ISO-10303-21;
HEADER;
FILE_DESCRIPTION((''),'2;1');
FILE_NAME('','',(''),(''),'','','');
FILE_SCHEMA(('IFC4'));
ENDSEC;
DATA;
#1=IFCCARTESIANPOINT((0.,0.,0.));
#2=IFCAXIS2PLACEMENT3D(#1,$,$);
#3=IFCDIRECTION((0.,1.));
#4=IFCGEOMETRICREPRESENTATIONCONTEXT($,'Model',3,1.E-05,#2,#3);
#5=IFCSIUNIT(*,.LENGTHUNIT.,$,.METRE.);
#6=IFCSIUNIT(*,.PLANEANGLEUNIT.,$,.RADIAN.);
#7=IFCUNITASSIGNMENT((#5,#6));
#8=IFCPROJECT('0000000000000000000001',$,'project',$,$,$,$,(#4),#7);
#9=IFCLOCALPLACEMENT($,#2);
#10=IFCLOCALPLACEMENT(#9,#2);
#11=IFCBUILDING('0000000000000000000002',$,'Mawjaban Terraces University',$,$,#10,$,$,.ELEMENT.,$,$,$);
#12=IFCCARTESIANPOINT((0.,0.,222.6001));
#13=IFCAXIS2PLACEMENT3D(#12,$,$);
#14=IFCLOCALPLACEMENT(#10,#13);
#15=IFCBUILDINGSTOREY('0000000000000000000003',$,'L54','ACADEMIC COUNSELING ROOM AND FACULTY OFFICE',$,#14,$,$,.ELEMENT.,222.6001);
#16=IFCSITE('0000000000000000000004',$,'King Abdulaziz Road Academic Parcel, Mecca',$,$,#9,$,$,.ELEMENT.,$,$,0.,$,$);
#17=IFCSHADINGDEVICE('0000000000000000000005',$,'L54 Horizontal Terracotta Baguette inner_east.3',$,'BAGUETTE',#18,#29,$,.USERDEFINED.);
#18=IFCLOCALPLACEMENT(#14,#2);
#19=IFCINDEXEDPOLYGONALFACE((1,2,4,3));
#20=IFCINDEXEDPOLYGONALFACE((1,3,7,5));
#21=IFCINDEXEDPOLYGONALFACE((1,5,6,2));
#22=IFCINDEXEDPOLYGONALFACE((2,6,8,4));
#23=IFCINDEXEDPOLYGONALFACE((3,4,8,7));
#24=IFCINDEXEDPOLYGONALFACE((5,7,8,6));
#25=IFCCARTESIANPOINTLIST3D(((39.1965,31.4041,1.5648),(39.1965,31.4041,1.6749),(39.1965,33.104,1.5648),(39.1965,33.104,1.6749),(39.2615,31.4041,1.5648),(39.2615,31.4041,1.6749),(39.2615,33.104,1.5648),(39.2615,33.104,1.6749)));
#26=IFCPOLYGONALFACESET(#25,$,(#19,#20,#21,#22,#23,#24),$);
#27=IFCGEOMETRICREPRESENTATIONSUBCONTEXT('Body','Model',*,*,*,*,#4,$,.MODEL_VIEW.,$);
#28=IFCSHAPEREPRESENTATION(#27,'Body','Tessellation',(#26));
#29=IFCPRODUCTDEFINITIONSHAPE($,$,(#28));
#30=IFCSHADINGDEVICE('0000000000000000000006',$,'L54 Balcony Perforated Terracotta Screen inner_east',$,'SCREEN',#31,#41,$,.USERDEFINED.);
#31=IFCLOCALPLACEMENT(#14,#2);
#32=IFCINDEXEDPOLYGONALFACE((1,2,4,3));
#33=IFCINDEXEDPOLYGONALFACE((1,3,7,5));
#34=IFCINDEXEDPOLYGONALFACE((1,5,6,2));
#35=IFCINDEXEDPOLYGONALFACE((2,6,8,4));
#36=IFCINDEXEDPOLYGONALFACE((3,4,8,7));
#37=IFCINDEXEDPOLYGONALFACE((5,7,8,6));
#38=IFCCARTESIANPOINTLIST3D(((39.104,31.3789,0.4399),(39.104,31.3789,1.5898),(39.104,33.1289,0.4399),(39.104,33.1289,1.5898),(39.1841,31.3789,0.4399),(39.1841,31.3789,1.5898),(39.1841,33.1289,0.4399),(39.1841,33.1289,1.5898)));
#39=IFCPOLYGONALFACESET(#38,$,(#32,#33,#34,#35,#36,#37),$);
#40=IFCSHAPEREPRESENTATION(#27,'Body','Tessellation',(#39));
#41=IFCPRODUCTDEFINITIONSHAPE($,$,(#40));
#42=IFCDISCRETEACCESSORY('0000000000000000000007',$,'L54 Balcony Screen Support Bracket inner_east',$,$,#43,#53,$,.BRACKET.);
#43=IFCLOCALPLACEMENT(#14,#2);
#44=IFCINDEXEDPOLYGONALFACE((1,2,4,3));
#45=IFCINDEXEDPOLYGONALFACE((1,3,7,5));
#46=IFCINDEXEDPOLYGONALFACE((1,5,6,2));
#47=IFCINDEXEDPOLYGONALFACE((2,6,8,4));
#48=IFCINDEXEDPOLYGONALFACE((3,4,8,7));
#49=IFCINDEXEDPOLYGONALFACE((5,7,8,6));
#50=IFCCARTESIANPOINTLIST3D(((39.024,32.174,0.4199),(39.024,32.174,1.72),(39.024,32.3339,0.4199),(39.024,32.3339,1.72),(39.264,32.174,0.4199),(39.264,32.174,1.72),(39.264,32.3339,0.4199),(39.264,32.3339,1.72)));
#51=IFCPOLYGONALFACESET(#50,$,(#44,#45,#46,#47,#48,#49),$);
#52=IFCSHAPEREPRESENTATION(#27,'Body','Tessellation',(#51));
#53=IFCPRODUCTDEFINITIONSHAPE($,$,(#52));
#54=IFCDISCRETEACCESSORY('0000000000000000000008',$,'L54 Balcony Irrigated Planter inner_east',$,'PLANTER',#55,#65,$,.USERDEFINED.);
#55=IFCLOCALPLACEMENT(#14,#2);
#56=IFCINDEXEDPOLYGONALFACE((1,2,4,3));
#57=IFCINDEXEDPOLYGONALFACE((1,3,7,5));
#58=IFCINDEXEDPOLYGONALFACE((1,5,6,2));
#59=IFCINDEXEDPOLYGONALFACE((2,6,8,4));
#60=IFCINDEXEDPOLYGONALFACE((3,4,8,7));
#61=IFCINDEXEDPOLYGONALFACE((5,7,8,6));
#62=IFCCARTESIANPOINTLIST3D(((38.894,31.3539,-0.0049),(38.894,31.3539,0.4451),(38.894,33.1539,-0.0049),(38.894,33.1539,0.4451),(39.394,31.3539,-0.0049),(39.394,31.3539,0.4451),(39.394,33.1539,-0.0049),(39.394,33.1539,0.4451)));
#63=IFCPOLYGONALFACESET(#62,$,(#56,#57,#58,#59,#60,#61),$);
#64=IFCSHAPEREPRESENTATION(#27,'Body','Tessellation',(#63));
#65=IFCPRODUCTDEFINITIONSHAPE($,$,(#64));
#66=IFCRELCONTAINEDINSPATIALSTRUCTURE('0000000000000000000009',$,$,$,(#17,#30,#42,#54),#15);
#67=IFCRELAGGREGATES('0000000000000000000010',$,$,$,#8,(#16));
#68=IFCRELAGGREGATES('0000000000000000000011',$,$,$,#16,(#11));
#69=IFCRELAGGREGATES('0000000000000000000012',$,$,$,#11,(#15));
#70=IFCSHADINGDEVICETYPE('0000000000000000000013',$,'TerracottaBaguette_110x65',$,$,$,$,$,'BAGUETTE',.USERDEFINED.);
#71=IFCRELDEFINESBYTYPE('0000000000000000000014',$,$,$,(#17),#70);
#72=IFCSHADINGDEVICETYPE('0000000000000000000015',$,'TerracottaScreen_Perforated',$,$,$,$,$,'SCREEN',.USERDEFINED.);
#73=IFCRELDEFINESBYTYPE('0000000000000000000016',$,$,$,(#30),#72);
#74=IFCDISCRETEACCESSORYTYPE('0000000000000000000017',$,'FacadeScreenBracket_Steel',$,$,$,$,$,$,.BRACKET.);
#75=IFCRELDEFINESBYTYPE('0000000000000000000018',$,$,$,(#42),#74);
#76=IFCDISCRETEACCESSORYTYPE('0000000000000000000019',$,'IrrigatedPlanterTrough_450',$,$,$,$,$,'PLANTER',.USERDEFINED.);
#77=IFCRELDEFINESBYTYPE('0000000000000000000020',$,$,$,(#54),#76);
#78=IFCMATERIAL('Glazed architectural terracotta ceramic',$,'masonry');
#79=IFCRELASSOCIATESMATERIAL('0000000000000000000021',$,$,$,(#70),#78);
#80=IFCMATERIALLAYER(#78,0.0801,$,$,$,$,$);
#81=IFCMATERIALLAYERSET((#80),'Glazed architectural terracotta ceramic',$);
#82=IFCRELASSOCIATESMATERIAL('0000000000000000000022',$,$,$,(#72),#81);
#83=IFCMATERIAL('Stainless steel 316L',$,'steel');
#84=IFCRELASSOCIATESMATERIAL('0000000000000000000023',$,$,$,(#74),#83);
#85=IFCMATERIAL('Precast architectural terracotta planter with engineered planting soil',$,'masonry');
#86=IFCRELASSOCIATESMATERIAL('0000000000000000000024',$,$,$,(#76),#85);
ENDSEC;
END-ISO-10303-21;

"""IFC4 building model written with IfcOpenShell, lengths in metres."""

from ifc_helpers import new_model, si_unit, direction, frame, origin, origin_2d, place, context, subcontext, project, spatial, rectangle, extrude, material, layer, layer_set, material_profile, profile_set, type_object, element, save


model = new_model("IFC4")

# Units and contexts
model_context = context("Model", 3, precision=1e-05, world=origin(), true_north=direction((0.0, 1.0)))
body_context = subcontext(model_context, "Body", "Model", "MODEL_VIEW")
ifc_project = project(units=[si_unit("LENGTHUNIT", "METRE"), si_unit("PLANEANGLEUNIT", "RADIAN")], contexts=[model_context])

# Site, building, storey
site_placement = place(None, origin())
site = spatial("IfcSite", under=ifc_project, at=site_placement, Name="King Abdulaziz Road Academic Parcel, Mecca", CompositionType="ELEMENT", RefElevation=0.0)
building_placement = place(site_placement, origin())
building = spatial("IfcBuilding", under=site, at=building_placement, Name="Mawjaban Terraces University", CompositionType="ELEMENT")
storey_placement = place(building_placement, frame((0.0, 0.0, 222.6001)))
storey = spatial("IfcBuildingStorey", under=building, at=storey_placement, Name="L54", Description="ACADEMIC COUNSELING ROOM AND FACULTY OFFICE", CompositionType="ELEMENT", Elevation=222.6001)

# Shading devices
ifc_material_1 = material(Name="Glazed architectural terracotta ceramic", Category="masonry")
ifc_material_profile_1 = material_profile(ifc_material_1, rectangle(XDim=0.0649, YDim=0.1101, at=origin_2d()), Name="TBAG110X65")
ifc_profile_set_1 = profile_set([ifc_material_profile_1], Name="Glazed architectural terracotta ceramic")
shading_device_type_1 = type_object("IfcShadingDeviceType", Name="TerracottaBaguette_110x65", ElementType="BAGUETTE", PredefinedType="USERDEFINED", material=ifc_profile_set_1)
for number, where, z_axis, x_axis, name in (
    (1, (39.229, 31.4041, 1.6199), (0.0, 1.0, 0.0), (-1.0, 0.0, 0.0), "L54 Horizontal Terracotta Baguette inner_east.3"),
):
    element("IfcShadingDevice", number, at=place(storey_placement, frame(where, z_axis=z_axis, x_axis=x_axis)), inside=storey, type_object=shading_device_type_1, Name=name, ObjectType="BAGUETTE", PredefinedType="USERDEFINED", context=body_context, shape_type="SweptSolid", body=[
        extrude(rectangle(XDim=0.0649, YDim=0.1101, at=origin_2d()), origin(), (0.0, 0.0, 1.0), 1.7),
    ])
ifc_layer_1 = layer(ifc_material_1, 0.0801)
ifc_layer_set_1 = layer_set([ifc_layer_1], Name="Glazed architectural terracotta ceramic")
shading_device_type_2 = type_object("IfcShadingDeviceType", Name="TerracottaScreen_Perforated", ElementType="SCREEN", PredefinedType="USERDEFINED", material=ifc_layer_set_1)
shading_device_placement = place(storey_placement, frame((39.144, 32.2539, 0.4399), z_axis=(0.0, 0.0, 1.0), x_axis=(0.0, 1.0, 0.0)))
element("IfcShadingDevice", 2, at=shading_device_placement, inside=storey, type_object=shading_device_type_2, Name="L54 Balcony Perforated Terracotta Screen inner_east", ObjectType="SCREEN", PredefinedType="USERDEFINED", context=body_context, shape_type="SweptSolid", body=[
    extrude(rectangle(XDim=1.75, YDim=0.0801, at=origin_2d()), origin(), (0.0, 0.0, 1.0), 1.1499),
])

# Discrete accessories
ifc_material_2 = material(Name="Stainless steel 316L", Category="steel")
discrete_accessory_type_1 = type_object("IfcDiscreteAccessoryType", Name="FacadeScreenBracket_Steel", PredefinedType="BRACKET", material=ifc_material_2)
discrete_accessory_1_placement = place(storey_placement, frame((39.144, 32.2539, 0.4199), z_axis=(0.0, 0.0, 1.0), x_axis=(0.0, 1.0, 0.0)))
element("IfcDiscreteAccessory", 3, at=discrete_accessory_1_placement, inside=storey, type_object=discrete_accessory_type_1, Name="L54 Balcony Screen Support Bracket inner_east", PredefinedType="BRACKET", context=body_context, shape_type="SweptSolid", body=[
    extrude(rectangle(XDim=0.1599, YDim=0.24, at=origin_2d()), origin(), (0.0, 0.0, 1.0), 1.3),
])
ifc_material_3 = material(Name="Precast architectural terracotta planter with engineered planting soil", Category="masonry")
discrete_accessory_type_2 = type_object("IfcDiscreteAccessoryType", Name="IrrigatedPlanterTrough_450", ElementType="PLANTER", PredefinedType="USERDEFINED", material=ifc_material_3)
discrete_accessory_2_placement = place(storey_placement, frame((39.144, 32.2539, -0.0049), z_axis=(0.0, 0.0, 1.0), x_axis=(0.0, 1.0, 0.0)))
element("IfcDiscreteAccessory", 4, at=discrete_accessory_2_placement, inside=storey, type_object=discrete_accessory_type_2, Name="L54 Balcony Irrigated Planter inner_east", ObjectType="PLANTER", PredefinedType="USERDEFINED", context=body_context, shape_type="SweptSolid", body=[
    extrude(rectangle(XDim=1.8, YDim=0.5, at=origin_2d()), origin(), (0.0, 0.0, 1.0), 0.45),
])

save(model, "model.ifc")
